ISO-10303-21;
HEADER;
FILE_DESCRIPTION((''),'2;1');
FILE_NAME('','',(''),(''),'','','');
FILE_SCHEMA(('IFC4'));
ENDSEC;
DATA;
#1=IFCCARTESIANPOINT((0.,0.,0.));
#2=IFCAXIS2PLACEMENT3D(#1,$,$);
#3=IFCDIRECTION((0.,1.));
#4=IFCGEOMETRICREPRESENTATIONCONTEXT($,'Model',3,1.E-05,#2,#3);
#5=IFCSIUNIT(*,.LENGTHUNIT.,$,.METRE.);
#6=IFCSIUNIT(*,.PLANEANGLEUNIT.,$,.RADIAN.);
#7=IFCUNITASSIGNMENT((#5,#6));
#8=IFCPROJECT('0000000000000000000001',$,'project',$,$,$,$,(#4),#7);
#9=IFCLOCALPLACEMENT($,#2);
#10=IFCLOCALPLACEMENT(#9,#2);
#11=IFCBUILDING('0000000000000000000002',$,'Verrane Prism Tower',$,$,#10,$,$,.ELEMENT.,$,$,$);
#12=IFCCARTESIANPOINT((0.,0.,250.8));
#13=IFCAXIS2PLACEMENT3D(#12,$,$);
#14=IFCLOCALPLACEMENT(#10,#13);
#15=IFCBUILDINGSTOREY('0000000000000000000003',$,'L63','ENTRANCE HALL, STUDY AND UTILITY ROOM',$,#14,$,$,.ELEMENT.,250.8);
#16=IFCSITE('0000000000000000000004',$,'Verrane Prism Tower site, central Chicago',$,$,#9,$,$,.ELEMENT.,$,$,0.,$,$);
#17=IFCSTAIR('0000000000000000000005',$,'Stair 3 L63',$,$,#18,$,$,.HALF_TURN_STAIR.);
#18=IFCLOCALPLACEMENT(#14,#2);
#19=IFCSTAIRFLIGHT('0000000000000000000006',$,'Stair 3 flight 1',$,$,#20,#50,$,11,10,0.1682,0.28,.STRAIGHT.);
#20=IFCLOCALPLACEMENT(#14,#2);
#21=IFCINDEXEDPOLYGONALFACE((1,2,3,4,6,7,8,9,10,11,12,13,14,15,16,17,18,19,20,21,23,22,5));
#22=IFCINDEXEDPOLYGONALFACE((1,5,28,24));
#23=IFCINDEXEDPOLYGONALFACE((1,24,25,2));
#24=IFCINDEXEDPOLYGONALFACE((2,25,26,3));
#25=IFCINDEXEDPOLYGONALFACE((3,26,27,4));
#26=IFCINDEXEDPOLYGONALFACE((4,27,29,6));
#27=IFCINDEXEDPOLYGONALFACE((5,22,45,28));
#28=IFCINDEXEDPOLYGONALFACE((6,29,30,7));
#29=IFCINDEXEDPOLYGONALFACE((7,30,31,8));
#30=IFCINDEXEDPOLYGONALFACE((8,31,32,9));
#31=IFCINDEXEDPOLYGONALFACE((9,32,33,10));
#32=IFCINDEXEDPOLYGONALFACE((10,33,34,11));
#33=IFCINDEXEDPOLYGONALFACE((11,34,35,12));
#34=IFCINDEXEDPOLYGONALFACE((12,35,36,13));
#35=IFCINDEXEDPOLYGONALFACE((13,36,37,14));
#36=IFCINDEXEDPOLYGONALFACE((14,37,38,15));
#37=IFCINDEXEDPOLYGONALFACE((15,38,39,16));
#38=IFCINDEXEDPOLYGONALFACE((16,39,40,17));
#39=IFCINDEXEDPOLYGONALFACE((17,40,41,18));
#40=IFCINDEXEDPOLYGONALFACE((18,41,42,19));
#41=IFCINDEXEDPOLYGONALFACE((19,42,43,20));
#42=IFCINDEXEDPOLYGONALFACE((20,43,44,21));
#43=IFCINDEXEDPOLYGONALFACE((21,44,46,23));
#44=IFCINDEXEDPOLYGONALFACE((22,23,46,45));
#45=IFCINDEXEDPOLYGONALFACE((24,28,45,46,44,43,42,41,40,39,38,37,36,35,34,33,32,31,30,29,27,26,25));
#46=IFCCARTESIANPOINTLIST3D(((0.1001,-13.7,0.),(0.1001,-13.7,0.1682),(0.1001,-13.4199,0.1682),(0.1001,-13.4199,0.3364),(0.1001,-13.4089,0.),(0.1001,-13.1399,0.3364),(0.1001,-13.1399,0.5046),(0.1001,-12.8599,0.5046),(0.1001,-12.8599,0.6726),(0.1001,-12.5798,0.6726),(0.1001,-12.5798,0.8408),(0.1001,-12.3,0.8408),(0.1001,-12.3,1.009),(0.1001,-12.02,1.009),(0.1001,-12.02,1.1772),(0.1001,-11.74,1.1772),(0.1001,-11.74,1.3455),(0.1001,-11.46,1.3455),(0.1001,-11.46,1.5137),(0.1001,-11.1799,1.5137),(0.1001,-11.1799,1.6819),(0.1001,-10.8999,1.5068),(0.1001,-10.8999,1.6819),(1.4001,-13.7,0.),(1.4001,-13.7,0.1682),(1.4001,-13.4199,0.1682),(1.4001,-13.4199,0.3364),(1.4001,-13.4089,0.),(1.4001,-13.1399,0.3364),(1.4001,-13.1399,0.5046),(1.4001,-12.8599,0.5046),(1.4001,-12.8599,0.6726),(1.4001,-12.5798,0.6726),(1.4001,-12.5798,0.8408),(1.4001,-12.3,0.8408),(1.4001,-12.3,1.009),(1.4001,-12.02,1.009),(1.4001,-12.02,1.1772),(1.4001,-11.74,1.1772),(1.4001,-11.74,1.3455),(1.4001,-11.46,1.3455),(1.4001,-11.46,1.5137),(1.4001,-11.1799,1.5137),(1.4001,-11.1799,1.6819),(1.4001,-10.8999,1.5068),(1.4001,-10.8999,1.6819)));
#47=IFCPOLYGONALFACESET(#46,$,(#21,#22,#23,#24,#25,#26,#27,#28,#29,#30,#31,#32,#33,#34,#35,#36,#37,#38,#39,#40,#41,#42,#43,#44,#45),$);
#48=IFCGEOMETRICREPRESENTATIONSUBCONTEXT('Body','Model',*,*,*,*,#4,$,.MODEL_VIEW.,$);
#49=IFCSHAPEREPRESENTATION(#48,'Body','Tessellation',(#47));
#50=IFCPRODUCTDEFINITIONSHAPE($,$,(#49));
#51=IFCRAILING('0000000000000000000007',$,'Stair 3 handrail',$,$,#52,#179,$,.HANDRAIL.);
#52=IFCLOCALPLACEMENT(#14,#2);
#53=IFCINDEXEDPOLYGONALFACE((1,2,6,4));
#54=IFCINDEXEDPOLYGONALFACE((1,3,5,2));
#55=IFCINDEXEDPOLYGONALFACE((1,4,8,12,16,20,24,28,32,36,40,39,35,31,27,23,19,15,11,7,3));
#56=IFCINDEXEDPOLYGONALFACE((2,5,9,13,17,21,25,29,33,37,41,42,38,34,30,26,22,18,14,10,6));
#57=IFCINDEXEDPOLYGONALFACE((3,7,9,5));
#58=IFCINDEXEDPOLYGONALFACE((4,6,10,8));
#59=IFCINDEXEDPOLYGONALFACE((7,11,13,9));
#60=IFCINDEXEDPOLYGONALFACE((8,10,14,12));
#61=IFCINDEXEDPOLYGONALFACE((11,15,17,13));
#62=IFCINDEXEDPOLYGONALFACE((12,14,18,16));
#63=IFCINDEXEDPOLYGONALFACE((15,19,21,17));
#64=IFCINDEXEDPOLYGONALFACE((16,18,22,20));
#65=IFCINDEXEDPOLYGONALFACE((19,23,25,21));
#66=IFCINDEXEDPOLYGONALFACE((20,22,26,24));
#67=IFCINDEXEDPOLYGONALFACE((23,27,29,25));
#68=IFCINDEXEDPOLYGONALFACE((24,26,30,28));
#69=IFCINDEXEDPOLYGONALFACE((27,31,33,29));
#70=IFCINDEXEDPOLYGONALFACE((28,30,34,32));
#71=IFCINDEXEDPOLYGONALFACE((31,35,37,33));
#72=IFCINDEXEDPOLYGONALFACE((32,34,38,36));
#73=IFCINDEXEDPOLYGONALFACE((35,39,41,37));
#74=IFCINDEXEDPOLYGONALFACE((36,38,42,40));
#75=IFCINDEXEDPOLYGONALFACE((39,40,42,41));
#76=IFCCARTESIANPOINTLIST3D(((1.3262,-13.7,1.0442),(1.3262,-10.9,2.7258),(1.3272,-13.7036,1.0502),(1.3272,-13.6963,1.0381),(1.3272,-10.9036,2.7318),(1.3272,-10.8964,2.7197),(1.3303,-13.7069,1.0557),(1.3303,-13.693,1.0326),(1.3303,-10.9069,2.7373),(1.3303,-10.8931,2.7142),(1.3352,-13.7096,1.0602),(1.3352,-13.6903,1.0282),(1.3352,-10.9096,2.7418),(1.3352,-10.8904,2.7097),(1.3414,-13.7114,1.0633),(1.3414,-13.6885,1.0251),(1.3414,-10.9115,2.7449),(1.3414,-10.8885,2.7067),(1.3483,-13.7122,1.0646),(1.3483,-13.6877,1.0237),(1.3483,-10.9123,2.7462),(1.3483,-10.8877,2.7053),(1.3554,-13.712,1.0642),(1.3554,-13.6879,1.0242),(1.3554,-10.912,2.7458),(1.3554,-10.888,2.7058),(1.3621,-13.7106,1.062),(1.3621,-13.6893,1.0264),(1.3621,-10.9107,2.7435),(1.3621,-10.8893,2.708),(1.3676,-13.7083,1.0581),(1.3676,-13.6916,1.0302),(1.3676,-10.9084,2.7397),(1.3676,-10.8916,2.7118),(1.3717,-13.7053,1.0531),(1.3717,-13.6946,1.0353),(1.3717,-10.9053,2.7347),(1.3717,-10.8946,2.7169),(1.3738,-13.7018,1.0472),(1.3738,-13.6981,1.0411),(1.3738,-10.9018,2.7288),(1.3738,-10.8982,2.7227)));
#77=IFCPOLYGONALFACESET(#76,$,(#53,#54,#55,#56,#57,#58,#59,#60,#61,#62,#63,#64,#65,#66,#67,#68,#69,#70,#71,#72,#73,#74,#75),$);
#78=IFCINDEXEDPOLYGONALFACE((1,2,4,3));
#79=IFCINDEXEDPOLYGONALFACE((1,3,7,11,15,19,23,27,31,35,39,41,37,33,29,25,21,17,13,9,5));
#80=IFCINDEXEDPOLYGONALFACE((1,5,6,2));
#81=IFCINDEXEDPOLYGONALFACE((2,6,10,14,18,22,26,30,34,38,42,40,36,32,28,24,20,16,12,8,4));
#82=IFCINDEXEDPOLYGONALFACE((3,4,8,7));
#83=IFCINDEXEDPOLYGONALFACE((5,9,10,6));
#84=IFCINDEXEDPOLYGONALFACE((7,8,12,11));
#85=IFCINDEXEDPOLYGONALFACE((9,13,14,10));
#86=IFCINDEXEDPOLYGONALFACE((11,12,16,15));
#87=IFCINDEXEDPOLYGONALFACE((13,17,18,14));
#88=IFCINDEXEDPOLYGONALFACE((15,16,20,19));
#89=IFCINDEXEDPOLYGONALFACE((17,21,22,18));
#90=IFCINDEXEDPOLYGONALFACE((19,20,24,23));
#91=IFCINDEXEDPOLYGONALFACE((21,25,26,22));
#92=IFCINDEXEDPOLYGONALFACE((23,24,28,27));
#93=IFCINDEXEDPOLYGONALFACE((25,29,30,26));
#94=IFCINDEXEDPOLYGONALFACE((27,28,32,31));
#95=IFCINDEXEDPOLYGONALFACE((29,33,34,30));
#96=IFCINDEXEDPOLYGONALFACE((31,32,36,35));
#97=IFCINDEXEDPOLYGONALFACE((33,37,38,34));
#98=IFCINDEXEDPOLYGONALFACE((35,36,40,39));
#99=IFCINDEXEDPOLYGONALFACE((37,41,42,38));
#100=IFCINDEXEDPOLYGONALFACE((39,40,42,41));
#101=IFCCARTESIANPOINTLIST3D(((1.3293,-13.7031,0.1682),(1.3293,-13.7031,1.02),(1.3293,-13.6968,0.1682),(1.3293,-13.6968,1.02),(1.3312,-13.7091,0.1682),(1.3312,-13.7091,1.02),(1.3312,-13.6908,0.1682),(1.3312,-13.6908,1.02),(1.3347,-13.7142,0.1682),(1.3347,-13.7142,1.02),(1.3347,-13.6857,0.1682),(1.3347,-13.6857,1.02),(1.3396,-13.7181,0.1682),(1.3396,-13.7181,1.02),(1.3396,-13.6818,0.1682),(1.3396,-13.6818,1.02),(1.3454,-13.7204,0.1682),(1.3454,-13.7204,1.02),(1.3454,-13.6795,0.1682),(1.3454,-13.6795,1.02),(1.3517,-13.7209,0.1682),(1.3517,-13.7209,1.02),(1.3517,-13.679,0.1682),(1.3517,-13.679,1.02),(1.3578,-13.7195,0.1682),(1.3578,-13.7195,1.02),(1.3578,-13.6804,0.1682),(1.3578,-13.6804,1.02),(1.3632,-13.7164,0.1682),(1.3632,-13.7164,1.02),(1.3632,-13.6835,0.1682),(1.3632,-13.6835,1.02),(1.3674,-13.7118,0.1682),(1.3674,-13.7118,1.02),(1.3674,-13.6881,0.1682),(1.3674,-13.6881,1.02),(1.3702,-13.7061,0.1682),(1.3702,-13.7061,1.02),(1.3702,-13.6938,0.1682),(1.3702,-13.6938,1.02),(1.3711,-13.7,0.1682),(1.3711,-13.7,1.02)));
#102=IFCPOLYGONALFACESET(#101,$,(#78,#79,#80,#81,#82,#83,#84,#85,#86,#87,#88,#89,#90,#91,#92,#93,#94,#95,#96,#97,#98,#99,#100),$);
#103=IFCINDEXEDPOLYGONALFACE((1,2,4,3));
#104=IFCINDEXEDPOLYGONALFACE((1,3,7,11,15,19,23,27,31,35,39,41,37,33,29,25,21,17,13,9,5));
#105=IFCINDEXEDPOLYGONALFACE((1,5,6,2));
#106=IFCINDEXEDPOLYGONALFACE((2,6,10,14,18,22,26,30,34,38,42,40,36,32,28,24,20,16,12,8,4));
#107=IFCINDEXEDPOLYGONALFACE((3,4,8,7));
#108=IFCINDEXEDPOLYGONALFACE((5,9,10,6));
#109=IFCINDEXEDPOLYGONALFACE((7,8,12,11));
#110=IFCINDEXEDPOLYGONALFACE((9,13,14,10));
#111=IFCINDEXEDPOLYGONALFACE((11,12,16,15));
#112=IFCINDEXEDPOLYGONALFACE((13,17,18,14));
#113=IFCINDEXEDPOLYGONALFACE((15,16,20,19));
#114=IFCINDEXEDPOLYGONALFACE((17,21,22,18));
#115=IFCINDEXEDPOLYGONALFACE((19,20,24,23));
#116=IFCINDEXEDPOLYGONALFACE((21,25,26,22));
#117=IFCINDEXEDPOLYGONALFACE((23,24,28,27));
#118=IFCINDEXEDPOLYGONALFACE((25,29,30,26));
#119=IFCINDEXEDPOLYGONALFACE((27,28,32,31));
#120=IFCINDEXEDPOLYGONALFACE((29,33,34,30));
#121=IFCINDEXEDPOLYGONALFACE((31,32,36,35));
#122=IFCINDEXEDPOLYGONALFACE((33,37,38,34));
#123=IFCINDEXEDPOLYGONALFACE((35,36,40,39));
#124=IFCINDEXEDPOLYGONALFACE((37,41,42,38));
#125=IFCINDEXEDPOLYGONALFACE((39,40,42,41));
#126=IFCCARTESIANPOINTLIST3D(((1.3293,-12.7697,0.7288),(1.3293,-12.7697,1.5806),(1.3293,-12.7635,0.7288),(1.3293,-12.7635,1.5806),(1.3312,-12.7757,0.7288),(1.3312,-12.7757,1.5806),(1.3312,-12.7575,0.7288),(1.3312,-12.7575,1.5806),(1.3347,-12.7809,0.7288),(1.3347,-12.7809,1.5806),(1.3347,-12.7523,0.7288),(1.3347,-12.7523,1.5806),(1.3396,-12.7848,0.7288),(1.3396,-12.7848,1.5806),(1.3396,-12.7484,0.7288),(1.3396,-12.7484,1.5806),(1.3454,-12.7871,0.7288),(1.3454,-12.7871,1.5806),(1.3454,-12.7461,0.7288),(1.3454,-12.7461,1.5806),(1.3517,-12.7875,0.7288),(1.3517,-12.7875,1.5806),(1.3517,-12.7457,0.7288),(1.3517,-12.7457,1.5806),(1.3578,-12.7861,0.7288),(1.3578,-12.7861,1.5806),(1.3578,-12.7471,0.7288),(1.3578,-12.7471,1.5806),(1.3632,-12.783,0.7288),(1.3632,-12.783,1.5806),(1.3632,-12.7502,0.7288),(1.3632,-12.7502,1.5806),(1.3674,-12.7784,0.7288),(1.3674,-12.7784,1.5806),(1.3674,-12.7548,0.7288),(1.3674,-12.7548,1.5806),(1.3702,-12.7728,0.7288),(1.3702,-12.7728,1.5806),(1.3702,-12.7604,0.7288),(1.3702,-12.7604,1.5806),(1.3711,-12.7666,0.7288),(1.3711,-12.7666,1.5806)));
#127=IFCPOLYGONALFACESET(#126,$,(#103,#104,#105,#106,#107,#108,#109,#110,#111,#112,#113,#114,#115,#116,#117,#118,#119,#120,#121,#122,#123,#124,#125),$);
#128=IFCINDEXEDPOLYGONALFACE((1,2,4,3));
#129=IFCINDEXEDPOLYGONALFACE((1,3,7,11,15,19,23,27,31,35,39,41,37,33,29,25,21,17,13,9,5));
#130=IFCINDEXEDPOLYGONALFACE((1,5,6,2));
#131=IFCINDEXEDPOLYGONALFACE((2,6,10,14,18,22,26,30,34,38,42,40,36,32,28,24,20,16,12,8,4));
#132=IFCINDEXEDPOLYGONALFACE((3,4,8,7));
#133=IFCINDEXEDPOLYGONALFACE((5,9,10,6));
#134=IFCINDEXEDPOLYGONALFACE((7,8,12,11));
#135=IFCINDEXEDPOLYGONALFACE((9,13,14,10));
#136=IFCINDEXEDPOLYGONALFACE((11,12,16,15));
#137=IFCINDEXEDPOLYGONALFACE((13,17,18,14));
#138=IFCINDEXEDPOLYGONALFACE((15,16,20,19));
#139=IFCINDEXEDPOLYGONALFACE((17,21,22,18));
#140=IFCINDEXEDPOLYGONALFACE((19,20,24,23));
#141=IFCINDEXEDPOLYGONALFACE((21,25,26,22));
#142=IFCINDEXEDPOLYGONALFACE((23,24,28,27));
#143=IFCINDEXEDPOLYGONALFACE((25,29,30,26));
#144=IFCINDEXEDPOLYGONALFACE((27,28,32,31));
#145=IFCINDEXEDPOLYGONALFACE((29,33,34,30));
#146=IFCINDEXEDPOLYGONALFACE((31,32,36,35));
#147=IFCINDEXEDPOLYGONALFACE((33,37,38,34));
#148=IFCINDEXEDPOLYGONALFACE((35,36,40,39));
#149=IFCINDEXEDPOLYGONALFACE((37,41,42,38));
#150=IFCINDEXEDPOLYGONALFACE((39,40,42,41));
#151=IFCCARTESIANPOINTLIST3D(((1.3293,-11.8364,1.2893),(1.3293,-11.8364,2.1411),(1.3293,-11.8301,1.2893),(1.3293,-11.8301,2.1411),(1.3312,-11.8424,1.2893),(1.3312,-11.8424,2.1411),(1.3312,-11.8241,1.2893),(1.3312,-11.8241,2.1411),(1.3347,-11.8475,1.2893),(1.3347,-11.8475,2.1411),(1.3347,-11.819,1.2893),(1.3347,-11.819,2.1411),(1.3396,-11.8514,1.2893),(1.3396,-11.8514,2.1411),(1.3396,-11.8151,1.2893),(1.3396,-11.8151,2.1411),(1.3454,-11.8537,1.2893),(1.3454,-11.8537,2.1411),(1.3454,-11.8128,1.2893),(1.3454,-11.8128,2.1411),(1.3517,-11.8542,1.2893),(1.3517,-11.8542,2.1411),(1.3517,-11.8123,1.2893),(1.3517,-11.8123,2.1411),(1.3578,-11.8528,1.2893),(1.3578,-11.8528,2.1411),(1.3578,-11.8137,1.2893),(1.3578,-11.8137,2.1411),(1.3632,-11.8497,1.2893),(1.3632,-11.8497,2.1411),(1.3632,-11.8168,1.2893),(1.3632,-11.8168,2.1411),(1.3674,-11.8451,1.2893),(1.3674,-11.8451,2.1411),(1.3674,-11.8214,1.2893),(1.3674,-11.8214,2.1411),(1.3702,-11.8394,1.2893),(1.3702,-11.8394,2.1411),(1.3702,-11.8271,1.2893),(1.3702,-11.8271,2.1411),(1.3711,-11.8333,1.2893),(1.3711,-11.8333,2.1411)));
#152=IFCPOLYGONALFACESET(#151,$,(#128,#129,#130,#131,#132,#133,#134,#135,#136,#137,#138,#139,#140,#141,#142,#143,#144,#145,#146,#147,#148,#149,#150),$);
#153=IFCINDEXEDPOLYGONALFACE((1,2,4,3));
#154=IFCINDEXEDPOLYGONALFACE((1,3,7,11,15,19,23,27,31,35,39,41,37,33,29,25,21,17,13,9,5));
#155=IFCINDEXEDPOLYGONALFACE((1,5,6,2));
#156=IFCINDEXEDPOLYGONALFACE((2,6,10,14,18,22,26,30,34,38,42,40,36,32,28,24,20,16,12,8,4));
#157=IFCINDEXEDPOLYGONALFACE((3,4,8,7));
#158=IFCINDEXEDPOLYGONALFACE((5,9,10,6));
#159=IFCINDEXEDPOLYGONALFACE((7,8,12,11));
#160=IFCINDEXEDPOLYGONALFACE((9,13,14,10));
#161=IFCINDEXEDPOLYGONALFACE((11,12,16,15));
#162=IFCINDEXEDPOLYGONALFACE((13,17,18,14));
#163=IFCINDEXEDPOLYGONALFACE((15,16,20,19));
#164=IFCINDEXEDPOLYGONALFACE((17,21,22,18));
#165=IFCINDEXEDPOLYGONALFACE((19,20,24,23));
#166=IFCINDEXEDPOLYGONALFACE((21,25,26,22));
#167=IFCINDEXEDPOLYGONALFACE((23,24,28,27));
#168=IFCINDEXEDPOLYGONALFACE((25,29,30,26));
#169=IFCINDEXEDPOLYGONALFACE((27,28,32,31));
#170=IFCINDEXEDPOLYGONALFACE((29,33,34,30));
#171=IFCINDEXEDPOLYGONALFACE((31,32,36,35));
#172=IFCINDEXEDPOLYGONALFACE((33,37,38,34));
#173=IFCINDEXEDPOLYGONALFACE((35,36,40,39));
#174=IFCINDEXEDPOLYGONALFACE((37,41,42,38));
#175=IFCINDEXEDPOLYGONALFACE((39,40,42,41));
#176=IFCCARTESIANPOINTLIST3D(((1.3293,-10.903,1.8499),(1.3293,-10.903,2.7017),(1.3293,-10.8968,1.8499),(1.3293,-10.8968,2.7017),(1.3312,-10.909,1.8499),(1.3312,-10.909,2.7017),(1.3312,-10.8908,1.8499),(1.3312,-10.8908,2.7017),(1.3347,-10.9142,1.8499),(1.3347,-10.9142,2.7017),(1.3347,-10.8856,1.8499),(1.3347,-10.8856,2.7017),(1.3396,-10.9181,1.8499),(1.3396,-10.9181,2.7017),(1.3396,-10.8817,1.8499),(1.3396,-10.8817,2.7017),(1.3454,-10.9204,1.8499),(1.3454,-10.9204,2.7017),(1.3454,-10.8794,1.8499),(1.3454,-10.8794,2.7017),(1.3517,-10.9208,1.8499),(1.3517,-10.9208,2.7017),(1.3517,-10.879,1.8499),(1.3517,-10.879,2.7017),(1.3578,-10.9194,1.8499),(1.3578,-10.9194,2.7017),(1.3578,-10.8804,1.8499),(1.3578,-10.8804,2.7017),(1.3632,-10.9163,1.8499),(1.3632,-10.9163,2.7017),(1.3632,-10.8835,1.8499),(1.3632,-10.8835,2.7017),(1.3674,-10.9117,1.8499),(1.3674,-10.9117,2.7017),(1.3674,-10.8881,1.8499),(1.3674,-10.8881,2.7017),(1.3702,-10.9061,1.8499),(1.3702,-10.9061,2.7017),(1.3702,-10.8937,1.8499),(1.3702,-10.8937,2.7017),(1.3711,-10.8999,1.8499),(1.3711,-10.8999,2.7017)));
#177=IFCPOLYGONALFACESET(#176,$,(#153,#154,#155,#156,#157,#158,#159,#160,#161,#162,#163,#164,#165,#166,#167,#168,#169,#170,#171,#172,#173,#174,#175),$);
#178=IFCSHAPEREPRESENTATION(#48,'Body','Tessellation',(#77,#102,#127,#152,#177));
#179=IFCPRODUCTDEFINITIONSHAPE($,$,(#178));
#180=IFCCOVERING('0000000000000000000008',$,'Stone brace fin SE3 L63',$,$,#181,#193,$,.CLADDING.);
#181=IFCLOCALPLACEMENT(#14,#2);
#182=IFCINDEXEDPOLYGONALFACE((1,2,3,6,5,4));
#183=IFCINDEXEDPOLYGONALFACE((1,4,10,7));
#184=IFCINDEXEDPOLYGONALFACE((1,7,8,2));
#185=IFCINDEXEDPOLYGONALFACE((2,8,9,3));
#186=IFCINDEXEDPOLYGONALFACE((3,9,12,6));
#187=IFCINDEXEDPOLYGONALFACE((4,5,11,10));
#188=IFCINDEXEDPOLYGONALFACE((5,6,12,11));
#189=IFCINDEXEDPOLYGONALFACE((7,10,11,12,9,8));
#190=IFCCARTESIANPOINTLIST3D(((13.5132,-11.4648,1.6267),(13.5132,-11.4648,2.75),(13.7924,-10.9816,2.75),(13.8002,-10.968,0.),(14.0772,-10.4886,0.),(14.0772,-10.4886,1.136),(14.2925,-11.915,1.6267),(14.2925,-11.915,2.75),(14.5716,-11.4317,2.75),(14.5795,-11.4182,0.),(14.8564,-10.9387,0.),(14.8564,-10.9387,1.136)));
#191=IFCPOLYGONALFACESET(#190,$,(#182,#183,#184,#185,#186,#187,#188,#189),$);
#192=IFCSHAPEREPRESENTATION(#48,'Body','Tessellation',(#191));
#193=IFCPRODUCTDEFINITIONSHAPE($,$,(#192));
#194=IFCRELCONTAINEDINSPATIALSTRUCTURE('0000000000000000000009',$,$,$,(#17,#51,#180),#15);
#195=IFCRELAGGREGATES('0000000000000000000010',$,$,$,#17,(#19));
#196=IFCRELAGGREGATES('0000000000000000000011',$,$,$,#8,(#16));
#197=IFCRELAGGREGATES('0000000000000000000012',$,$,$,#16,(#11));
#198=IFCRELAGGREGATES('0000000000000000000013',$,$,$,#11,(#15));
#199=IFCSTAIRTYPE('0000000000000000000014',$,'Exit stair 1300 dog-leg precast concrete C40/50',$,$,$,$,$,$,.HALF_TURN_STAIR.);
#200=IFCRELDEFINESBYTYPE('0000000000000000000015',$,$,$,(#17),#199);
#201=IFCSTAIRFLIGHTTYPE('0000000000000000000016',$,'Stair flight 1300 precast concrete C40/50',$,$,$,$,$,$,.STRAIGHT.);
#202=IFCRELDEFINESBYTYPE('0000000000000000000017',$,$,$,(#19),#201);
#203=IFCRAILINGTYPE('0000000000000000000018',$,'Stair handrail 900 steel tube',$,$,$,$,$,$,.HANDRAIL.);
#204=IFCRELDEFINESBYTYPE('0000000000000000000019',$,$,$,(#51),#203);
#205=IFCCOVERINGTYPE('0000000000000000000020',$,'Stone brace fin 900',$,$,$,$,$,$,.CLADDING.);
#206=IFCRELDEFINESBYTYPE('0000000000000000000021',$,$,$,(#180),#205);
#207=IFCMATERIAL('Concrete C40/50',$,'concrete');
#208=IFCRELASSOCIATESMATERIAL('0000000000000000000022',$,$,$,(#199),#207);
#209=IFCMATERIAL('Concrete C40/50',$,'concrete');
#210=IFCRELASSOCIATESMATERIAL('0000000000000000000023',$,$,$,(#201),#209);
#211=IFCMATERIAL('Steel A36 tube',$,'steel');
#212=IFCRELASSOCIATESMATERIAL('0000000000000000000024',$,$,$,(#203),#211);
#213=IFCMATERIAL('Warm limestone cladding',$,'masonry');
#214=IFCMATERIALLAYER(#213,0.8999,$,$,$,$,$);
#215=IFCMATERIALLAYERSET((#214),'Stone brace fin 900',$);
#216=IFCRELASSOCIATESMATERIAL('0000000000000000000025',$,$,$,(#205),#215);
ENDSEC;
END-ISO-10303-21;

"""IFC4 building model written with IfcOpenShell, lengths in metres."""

from ifc_helpers import new_model, si_unit, direction, frame, origin, origin_2d, place, context, subcontext, project, spatial, polyline, circle, outline, extrude, material, layer, layer_set, type_object, element, aggregate, save


model = new_model("IFC4")

# Units and contexts
model_context = context("Model", 3, precision=1e-05, world=origin(), true_north=direction((0.0, 1.0)))
body_context = subcontext(model_context, "Body", "Model", "MODEL_VIEW")
ifc_project = project(units=[si_unit("LENGTHUNIT", "METRE"), si_unit("PLANEANGLEUNIT", "RADIAN")], contexts=[model_context])

# Site, building, storey
site_placement = place(None, origin())
site = spatial("IfcSite", under=ifc_project, at=site_placement, Name="Verrane Prism Tower site, central Chicago", CompositionType="ELEMENT", RefElevation=0.0)
building_placement = place(site_placement, origin())
building = spatial("IfcBuilding", under=site, at=building_placement, Name="Verrane Prism Tower", CompositionType="ELEMENT")
storey_placement = place(building_placement, frame((0.0, 0.0, 250.8)))
storey = spatial("IfcBuildingStorey", under=building, at=storey_placement, Name="L63", Description="ENTRANCE HALL, STUDY AND UTILITY ROOM", CompositionType="ELEMENT", Elevation=250.8)

# Stair, stair flight
ifc_material_1 = material(Name="Concrete C40/50", Category="concrete")
stair_type = type_object("IfcStairType", Name="Exit stair 1300 dog-leg precast concrete C40/50", PredefinedType="HALF_TURN_STAIR", material=ifc_material_1)
stair_placement = place(storey_placement, origin())
stair = element("IfcStair", 1, at=stair_placement, inside=storey, type_object=stair_type, Name="Stair 3 L63", PredefinedType="HALF_TURN_STAIR")
ifc_material_2 = material(Name="Concrete C40/50", Category="concrete")
stair_flight_type = type_object("IfcStairFlightType", Name="Stair flight 1300 precast concrete C40/50", PredefinedType="STRAIGHT", material=ifc_material_2)
stair_flight_placement = place(storey_placement, frame((0.75, -13.7, 0.0), z_axis=(0.0, 0.0, 1.0), x_axis=(0.0, 1.0, 0.0)))
stair_flight = element("IfcStairFlight", 2, at=stair_flight_placement, type_object=stair_flight_type, Name="Stair 3 flight 1", NumberOfRisers=11, NumberOfTreads=10, PredefinedType="STRAIGHT", RiserHeight=0.1682, TreadLength=0.28, context=body_context, shape_type="SweptSolid", body=[
    extrude(outline(polyline([(0.0, 0.0), (0.0, 0.1682), (0.28, 0.1682), (0.28, 0.3364), (0.5601, 0.3364), (0.5601, 0.5046), (0.8401, 0.5046), (0.8401, 0.6726), (1.1201, 0.6726), (1.1201, 0.8408), (1.3999, 0.8408), (1.3999, 1.009), (1.6799, 1.009), (1.6799, 1.1772), (1.96, 1.1772), (1.96, 1.3455), (2.24, 1.3455), (2.24, 1.5137), (2.52, 1.5137), (2.52, 1.6819), (2.8, 1.6819), (2.8, 1.8501), (2.8, 1.5068), (0.291, 0.0), (0.0, 0.0)])), frame((0.0, 0.6499, 0.0), z_axis=(0.0, -1.0, 0.0), x_axis=(1.0, 0.0, 0.0)), (0.0, 0.0, 1.0), 1.3),
])
aggregate(stair, [stair_flight])

# Railing
ifc_material_3 = material(Name="Steel A36 tube", Category="steel")
railing_type_1 = type_object("IfcRailingType", Name="Stair handrail 900 steel tube", PredefinedType="HANDRAIL", material=ifc_material_3)
railing_1_placement = place(storey_placement, frame((1.3501, -13.7, 0.1682)))
element("IfcRailing", 3, at=railing_1_placement, inside=storey, type_object=railing_type_1, Name="Stair 3 handrail", PredefinedType="HANDRAIL", context=body_context, shape_type="SweptSolid", body=[
    extrude(circle(Radius=0.0239, at=origin_2d()), frame((0.0, 0.0, 0.876), z_axis=(0.0, 0.857275, 0.514858), x_axis=(-1.0, 0.0, 0.0)), (0.0, 0.0, 1.0), 3.2661),
    extrude(circle(Radius=0.021, at=origin_2d()), origin(), (0.0, 0.0, 1.0), 0.8518),
    extrude(circle(Radius=0.021, at=origin_2d()), frame((0.0, 0.9333, 0.5605)), (0.0, 0.0, 1.0), 0.8518),
    extrude(circle(Radius=0.021, at=origin_2d()), frame((0.0, 1.8667, 1.1211)), (0.0, 0.0, 1.0), 0.8518),
    extrude(circle(Radius=0.021, at=origin_2d()), frame((0.0, 2.8, 1.6816)), (0.0, 0.0, 1.0), 0.8518),
])

# Covering
ifc_material_4 = material(Name="Warm limestone cladding", Category="masonry")
ifc_layer_1 = layer(ifc_material_4, 0.8999)
ifc_layer_set_1 = layer_set([ifc_layer_1], Name="Stone brace fin 900")
covering_type = type_object("IfcCoveringType", Name="Stone brace fin 900", PredefinedType="CLADDING", material=ifc_layer_set_1)
covering_placement = place(storey_placement, frame((14.4668, -10.7136, 0.0), z_axis=(0.0, 0.0, 1.0), x_axis=(-0.500191, -0.865915, 0.0)))
element("IfcCovering", 4, at=covering_placement, inside=storey, type_object=covering_type, Name="Stone brace fin SE3 L63", PredefinedType="CLADDING", context=body_context, shape_type="SweptSolid", body=[
    extrude(outline(polyline([(1.1274, 2.75), (0.5693, 2.75), (0.0, 1.136), (0.0, 0.0), (0.5537, 0.0), (1.1274, 1.6267), (1.1274, 2.75)])), frame((0.0, 0.45, 0.0), z_axis=(0.0, -1.0, 0.0), x_axis=(1.0, 0.0, 0.0)), (0.0, 0.0, 1.0), 0.8999),
])

save(model, "model.ifc")
